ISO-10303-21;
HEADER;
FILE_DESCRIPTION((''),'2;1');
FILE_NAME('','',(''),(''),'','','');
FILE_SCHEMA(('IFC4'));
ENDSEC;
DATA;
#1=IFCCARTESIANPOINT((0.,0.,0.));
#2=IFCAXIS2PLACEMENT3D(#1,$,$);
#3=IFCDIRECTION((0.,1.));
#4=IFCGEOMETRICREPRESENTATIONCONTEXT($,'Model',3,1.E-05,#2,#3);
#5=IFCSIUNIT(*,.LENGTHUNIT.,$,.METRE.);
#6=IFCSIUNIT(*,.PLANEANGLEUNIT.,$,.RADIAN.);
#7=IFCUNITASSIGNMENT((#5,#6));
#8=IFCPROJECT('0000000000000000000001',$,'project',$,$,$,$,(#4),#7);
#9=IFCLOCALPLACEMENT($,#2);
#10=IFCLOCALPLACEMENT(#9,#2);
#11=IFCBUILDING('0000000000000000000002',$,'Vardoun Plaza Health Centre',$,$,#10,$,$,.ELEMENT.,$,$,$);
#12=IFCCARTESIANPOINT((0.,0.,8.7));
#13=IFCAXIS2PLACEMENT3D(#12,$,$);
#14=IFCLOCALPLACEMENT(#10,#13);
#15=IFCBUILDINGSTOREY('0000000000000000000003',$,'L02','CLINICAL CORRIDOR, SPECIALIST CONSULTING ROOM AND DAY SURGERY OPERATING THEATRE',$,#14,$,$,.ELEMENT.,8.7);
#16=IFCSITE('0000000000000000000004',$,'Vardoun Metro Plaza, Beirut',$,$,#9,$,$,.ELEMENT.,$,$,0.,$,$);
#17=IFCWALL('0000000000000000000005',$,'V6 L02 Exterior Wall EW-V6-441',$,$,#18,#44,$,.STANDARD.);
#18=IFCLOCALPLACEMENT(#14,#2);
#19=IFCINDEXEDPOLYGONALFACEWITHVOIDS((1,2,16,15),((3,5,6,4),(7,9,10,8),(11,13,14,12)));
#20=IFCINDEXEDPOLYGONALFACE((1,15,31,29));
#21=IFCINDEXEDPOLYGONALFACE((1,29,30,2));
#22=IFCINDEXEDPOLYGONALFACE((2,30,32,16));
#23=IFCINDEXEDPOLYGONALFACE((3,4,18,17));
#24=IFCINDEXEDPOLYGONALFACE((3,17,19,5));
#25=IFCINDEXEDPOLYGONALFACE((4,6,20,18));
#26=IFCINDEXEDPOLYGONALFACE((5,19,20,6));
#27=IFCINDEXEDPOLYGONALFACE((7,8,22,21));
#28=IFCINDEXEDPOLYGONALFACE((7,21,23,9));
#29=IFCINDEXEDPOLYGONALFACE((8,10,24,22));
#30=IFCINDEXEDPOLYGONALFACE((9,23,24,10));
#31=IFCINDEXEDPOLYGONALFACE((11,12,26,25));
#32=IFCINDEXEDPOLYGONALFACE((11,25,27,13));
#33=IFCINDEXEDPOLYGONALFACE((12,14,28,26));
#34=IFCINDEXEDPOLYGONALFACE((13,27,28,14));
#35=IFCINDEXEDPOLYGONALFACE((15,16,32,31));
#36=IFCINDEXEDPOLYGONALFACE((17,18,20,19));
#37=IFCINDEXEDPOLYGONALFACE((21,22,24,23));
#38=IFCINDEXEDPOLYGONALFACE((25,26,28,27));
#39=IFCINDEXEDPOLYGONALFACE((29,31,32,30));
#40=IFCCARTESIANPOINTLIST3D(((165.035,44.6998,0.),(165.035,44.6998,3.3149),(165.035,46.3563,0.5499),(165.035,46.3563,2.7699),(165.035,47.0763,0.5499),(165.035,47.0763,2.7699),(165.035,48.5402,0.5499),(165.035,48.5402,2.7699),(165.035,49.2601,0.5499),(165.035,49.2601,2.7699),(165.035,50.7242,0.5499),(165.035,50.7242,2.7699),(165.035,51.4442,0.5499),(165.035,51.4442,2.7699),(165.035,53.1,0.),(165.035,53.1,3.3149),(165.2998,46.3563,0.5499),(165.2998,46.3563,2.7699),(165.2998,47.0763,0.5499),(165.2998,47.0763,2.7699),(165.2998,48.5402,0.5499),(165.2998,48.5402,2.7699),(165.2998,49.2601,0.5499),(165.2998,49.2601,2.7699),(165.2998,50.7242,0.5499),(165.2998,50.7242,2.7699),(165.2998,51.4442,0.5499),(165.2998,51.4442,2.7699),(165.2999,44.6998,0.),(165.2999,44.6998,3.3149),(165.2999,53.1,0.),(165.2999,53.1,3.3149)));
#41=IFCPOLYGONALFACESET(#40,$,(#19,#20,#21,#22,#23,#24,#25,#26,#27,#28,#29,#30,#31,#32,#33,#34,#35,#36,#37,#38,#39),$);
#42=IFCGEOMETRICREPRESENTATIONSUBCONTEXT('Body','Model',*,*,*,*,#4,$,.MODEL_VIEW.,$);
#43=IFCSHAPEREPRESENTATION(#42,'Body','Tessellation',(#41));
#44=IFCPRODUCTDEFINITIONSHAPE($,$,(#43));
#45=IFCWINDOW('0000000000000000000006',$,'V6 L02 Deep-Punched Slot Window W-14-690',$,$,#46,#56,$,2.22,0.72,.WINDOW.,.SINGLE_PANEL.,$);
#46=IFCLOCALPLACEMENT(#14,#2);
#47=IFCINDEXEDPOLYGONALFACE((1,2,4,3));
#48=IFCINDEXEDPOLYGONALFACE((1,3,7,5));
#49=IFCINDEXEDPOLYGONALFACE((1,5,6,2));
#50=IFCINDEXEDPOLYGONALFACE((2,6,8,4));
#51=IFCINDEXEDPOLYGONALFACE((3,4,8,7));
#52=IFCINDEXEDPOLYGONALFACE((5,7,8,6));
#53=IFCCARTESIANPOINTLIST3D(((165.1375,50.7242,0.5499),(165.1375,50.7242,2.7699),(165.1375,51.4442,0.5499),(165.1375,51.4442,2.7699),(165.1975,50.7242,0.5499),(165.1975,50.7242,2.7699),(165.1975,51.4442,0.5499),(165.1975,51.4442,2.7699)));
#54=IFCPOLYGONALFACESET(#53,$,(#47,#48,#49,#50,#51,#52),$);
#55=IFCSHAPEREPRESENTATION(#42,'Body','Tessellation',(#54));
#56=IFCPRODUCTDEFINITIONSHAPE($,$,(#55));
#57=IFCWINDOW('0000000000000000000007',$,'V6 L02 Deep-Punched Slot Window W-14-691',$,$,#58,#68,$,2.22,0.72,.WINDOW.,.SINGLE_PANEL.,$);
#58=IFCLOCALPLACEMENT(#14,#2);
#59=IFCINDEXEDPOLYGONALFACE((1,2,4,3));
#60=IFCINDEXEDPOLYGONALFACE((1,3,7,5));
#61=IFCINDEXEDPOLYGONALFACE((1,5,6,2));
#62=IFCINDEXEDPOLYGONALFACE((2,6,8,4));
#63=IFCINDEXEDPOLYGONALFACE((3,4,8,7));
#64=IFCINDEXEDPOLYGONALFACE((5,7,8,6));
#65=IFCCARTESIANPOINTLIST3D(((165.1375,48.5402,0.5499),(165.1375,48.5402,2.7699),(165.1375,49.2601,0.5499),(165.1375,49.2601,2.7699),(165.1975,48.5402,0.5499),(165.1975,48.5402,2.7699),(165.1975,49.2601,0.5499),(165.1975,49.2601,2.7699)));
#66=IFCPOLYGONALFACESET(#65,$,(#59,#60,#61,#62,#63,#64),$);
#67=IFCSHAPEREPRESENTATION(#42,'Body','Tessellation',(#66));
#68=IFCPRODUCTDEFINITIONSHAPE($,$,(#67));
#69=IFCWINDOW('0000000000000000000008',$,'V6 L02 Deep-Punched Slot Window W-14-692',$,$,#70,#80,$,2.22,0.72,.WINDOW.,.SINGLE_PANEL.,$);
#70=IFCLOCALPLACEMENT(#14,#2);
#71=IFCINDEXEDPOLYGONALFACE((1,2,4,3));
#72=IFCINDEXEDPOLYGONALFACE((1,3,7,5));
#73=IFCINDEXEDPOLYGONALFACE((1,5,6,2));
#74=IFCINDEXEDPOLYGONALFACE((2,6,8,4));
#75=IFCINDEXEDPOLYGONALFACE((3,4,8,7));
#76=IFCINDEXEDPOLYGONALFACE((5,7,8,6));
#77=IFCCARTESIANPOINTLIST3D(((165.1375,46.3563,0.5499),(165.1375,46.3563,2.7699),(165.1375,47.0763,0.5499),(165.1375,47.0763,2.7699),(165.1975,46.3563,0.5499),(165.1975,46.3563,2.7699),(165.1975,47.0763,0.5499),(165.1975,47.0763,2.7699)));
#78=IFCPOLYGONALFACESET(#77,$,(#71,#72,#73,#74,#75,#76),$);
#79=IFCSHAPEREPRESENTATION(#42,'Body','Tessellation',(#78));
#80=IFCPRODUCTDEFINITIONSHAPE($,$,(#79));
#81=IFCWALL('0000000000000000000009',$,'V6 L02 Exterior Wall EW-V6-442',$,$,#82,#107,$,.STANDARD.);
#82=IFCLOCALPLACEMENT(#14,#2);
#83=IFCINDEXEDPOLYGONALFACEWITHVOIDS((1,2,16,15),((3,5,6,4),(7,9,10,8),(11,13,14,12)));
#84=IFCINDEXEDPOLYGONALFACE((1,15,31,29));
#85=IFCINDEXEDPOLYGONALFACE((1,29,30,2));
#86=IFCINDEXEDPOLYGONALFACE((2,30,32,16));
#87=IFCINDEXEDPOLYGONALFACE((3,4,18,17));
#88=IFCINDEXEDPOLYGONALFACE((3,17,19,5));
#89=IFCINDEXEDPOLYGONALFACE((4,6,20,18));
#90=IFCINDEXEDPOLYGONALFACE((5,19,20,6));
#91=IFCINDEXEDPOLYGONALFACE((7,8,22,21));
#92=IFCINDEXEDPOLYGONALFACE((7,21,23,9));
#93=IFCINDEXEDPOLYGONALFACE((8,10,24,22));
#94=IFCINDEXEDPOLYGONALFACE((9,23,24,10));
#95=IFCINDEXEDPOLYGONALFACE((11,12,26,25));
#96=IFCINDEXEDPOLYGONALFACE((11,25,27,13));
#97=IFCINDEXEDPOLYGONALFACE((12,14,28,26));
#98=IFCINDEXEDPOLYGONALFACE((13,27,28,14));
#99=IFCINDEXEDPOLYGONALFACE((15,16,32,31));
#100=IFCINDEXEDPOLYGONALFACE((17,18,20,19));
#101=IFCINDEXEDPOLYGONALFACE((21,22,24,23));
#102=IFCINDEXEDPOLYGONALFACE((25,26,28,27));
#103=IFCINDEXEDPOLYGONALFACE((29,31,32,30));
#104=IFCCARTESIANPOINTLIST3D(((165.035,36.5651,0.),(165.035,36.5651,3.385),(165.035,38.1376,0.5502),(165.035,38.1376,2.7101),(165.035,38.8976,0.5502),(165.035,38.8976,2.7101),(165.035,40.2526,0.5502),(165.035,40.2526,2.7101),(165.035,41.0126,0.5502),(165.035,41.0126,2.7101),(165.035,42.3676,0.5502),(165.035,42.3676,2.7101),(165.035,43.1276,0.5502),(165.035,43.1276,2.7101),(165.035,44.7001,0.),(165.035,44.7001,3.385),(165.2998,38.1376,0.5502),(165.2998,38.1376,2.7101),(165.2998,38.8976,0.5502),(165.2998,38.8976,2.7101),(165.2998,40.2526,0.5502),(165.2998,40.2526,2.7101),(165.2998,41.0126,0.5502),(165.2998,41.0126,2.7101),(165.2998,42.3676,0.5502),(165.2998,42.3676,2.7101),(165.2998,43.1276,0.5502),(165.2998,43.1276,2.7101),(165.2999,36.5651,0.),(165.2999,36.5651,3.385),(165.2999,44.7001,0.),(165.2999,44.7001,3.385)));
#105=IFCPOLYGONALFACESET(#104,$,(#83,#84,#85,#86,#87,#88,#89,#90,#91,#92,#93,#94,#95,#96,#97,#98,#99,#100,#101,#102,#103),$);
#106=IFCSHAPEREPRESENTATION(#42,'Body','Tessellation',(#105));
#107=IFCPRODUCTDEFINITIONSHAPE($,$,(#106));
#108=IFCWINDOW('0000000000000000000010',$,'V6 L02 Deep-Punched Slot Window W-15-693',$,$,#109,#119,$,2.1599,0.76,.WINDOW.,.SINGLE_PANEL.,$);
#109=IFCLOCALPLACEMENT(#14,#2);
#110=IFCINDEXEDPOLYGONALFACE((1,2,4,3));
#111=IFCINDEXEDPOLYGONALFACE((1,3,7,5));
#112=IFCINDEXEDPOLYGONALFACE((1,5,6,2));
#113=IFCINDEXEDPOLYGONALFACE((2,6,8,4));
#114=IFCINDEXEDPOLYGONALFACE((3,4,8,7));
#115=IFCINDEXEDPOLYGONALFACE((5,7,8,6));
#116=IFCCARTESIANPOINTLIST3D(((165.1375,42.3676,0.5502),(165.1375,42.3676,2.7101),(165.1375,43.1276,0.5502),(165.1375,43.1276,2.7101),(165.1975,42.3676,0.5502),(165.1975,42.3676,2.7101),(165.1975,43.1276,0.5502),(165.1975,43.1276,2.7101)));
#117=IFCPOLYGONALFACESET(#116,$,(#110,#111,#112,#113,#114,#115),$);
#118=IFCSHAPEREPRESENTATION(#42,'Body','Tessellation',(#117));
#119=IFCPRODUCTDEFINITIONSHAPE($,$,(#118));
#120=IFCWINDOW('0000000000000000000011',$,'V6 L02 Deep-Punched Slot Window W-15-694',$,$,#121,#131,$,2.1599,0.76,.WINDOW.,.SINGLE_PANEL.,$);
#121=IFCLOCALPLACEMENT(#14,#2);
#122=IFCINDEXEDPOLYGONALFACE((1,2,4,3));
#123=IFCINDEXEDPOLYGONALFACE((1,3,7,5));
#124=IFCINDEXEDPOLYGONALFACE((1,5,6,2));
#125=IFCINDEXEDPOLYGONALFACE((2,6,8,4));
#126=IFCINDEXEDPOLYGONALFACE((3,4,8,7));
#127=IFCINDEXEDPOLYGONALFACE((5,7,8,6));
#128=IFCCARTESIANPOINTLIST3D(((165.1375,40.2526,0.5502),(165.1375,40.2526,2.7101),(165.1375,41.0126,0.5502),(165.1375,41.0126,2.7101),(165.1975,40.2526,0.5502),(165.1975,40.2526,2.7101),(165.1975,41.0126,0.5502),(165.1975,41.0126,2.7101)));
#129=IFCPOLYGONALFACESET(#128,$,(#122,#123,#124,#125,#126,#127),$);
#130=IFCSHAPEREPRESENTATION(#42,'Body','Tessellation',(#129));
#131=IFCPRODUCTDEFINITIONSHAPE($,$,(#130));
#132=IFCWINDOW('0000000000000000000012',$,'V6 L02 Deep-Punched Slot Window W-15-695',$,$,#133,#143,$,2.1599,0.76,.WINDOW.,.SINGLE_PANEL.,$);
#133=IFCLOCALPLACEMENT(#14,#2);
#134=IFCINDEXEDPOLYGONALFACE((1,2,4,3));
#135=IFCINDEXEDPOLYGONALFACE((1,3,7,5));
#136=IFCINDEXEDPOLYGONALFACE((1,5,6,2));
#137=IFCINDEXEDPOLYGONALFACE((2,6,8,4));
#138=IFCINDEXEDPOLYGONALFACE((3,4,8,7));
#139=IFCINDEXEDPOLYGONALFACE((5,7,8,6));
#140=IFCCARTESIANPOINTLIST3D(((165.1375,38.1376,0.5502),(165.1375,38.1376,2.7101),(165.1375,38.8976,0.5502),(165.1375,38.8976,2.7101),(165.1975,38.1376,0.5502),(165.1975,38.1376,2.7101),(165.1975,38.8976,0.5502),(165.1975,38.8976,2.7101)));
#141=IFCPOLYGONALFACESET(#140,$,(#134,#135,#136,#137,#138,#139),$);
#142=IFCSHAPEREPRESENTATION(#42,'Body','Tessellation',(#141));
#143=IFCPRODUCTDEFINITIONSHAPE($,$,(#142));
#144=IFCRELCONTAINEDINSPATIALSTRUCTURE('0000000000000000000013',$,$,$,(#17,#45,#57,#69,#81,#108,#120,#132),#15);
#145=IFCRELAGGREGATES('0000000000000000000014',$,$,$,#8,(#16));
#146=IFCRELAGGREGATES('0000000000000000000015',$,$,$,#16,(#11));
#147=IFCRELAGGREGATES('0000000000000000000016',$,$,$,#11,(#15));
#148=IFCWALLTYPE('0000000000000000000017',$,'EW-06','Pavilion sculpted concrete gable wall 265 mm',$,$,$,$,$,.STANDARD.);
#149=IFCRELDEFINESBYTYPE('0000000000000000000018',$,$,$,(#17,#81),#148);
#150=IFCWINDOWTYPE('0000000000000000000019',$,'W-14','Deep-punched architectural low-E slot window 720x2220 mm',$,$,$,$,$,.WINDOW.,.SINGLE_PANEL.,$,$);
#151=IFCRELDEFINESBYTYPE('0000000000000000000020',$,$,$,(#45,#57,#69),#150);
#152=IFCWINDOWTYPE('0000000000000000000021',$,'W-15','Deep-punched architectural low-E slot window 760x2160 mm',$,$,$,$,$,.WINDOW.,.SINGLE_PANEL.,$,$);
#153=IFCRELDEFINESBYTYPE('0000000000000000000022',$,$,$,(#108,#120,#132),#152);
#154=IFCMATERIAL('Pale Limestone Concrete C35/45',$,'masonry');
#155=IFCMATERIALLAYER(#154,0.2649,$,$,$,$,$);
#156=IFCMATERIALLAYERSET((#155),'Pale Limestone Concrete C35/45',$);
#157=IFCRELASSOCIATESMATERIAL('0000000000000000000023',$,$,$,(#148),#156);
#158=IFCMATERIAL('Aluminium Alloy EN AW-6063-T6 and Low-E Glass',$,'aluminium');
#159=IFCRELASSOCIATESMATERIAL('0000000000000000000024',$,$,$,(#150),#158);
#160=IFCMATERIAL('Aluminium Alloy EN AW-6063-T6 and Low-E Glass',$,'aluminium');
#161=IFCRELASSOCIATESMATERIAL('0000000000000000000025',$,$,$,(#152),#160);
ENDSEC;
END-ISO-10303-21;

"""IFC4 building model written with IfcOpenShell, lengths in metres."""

from ifc_helpers import new_model, si_unit, direction, frame, frame_2d, origin, place, context, subcontext, project, spatial, rectangle, extrude, material, layer, layer_set, type_object, element, fill, save


model = new_model("IFC4")

# Units and contexts
model_context = context("Model", 3, precision=1e-05, world=origin(), true_north=direction((0.0, 1.0)))
body_context = subcontext(model_context, "Body", "Model", "MODEL_VIEW")
ifc_project = project(units=[si_unit("LENGTHUNIT", "METRE"), si_unit("PLANEANGLEUNIT", "RADIAN")], contexts=[model_context])

# Site, building, storey
site_placement = place(None, origin())
site = spatial("IfcSite", under=ifc_project, at=site_placement, Name="Vardoun Metro Plaza, Beirut", CompositionType="ELEMENT", RefElevation=0.0)
building_placement = place(site_placement, origin())
building = spatial("IfcBuilding", under=site, at=building_placement, Name="Vardoun Plaza Health Centre", CompositionType="ELEMENT")
storey_placement = place(building_placement, frame((0.0, 0.0, 8.7)))
storey = spatial("IfcBuildingStorey", under=building, at=storey_placement, Name="L02", Description="CLINICAL CORRIDOR, SPECIALIST CONSULTING ROOM AND DAY SURGERY OPERATING THEATRE", CompositionType="ELEMENT", Elevation=8.7)

# Walls, openings, windows
ifc_material_1 = material(Name="Pale Limestone Concrete C35/45", Category="masonry")
ifc_layer_1 = layer(ifc_material_1, 0.2649)
ifc_layer_set_1 = layer_set([ifc_layer_1], Name="Pale Limestone Concrete C35/45")
wall_type_1 = type_object("IfcWallType", Name="EW-06", Description="Pavilion sculpted concrete gable wall 265 mm", PredefinedType="STANDARD", material=ifc_layer_set_1)
wall_1_placement = place(storey_placement, frame((165.1675, 53.1001, 0.0), z_axis=(0.0, 0.0, 1.0), x_axis=(0.0, -1.0, 0.0)))
wall_1 = element("IfcWall", 1, at=wall_1_placement, inside=storey, type_object=wall_type_1, Name="V6 L02 Exterior Wall EW-V6-441", PredefinedType="STANDARD", context=body_context, shape_type="SweptSolid", body=[
    extrude(rectangle(XDim=8.4001, YDim=0.2649, at=frame_2d((4.2002, 0.0))), origin(), (0.0, 0.0, 1.0), 3.3149),
])
opening_1_placement = place(wall_1_placement, frame((1.656, 0.0, 0.55)))
opening_1 = element("IfcOpeningElement", 2, at=opening_1_placement, cuts=wall_1, PredefinedType="OPENING", context=body_context, shape_type="SweptSolid", body=[
    extrude(rectangle(XDim=0.72, YDim=2.22, at=frame_2d((0.3599, 1.1099))), frame((0.0, 0.1323, 0.0), z_axis=(0.0, -1.0, 0.0), x_axis=(1.0, 0.0, 0.0)), (0.0, 0.0, 1.0), 0.2649),
])
opening_2_placement = place(wall_1_placement, frame((3.8401, 0.0, 0.55)))
opening_2 = element("IfcOpeningElement", 3, at=opening_2_placement, cuts=wall_1, PredefinedType="OPENING", context=body_context, shape_type="SweptSolid", body=[
    extrude(rectangle(XDim=0.72, YDim=2.22, at=frame_2d((0.3599, 1.1099))), frame((0.0, 0.1323, 0.0), z_axis=(0.0, -1.0, 0.0), x_axis=(1.0, 0.0, 0.0)), (0.0, 0.0, 1.0), 0.2649),
])
opening_3_placement = place(wall_1_placement, frame((6.0239, 0.0, 0.55)))
opening_3 = element("IfcOpeningElement", 4, at=opening_3_placement, cuts=wall_1, PredefinedType="OPENING", context=body_context, shape_type="SweptSolid", body=[
    extrude(rectangle(XDim=0.72, YDim=2.22, at=frame_2d((0.3599, 1.1099))), frame((0.0, 0.1323, 0.0), z_axis=(0.0, -1.0, 0.0), x_axis=(1.0, 0.0, 0.0)), (0.0, 0.0, 1.0), 0.2649),
])
ifc_material_2 = material(Name="Aluminium Alloy EN AW-6063-T6 and Low-E Glass", Category="aluminium")
window_type_1 = type_object("IfcWindowType", Name="W-14", Description="Deep-punched architectural low-E slot window 720x2220 mm", PartitioningType="SINGLE_PANEL", PredefinedType="WINDOW", material=ifc_material_2)
window_1_placement = place(opening_1_placement, origin())
window_1 = element("IfcWindow", 5, at=window_1_placement, inside=storey, type_object=window_type_1, Name="V6 L02 Deep-Punched Slot Window W-14-690", OverallHeight=2.22, OverallWidth=0.72, PartitioningType="SINGLE_PANEL", PredefinedType="WINDOW", context=body_context, shape_type="SweptSolid", body=[
    extrude(rectangle(XDim=0.72, YDim=2.22, at=frame_2d((0.3599, 1.1099))), frame((0.0, 0.03, 0.0), z_axis=(0.0, -1.0, 0.0), x_axis=(1.0, 0.0, 0.0)), (0.0, 0.0, 1.0), 0.0601),
])
fill(opening_1, window_1)
window_2_placement = place(opening_2_placement, origin())
window_2 = element("IfcWindow", 6, at=window_2_placement, inside=storey, type_object=window_type_1, Name="V6 L02 Deep-Punched Slot Window W-14-691", OverallHeight=2.22, OverallWidth=0.72, PartitioningType="SINGLE_PANEL", PredefinedType="WINDOW", context=body_context, shape_type="SweptSolid", body=[
    extrude(rectangle(XDim=0.72, YDim=2.22, at=frame_2d((0.3599, 1.1099))), frame((0.0, 0.03, 0.0), z_axis=(0.0, -1.0, 0.0), x_axis=(1.0, 0.0, 0.0)), (0.0, 0.0, 1.0), 0.0601),
])
fill(opening_2, window_2)
window_3_placement = place(opening_3_placement, origin())
window_3 = element("IfcWindow", 7, at=window_3_placement, inside=storey, type_object=window_type_1, Name="V6 L02 Deep-Punched Slot Window W-14-692", OverallHeight=2.22, OverallWidth=0.72, PartitioningType="SINGLE_PANEL", PredefinedType="WINDOW", context=body_context, shape_type="SweptSolid", body=[
    extrude(rectangle(XDim=0.72, YDim=2.22, at=frame_2d((0.3599, 1.1099))), frame((0.0, 0.03, 0.0), z_axis=(0.0, -1.0, 0.0), x_axis=(1.0, 0.0, 0.0)), (0.0, 0.0, 1.0), 0.0601),
])
fill(opening_3, window_3)
wall_2_placement = place(storey_placement, frame((165.1675, 44.7, 0.0), z_axis=(0.0, 0.0, 1.0), x_axis=(0.0, -1.0, 0.0)))
wall_2 = element("IfcWall", 8, at=wall_2_placement, inside=storey, type_object=wall_type_1, Name="V6 L02 Exterior Wall EW-V6-442", PredefinedType="STANDARD", context=body_context, shape_type="SweptSolid", body=[
    extrude(rectangle(XDim=8.135, YDim=0.2649, at=frame_2d((4.0674, 0.0))), origin(), (0.0, 0.0, 1.0), 3.385),
])
opening_4_placement = place(wall_2_placement, frame((1.5725, 0.0, 0.55)))
opening_4 = element("IfcOpeningElement", 9, at=opening_4_placement, cuts=wall_2, PredefinedType="OPENING", context=body_context, shape_type="SweptSolid", body=[
    extrude(rectangle(XDim=0.76, YDim=2.1599, at=frame_2d((0.3799, 1.0801))), frame((0.0, 0.1323, 0.0), z_axis=(0.0, -1.0, 0.0), x_axis=(1.0, 0.0, 0.0)), (0.0, 0.0, 1.0), 0.2649),
])
opening_5_placement = place(wall_2_placement, frame((3.6875, 0.0, 0.55)))
opening_5 = element("IfcOpeningElement", 10, at=opening_5_placement, cuts=wall_2, PredefinedType="OPENING", context=body_context, shape_type="SweptSolid", body=[
    extrude(rectangle(XDim=0.76, YDim=2.1599, at=frame_2d((0.3799, 1.0801))), frame((0.0, 0.1323, 0.0), z_axis=(0.0, -1.0, 0.0), x_axis=(1.0, 0.0, 0.0)), (0.0, 0.0, 1.0), 0.2649),
])
opening_6_placement = place(wall_2_placement, frame((5.8025, 0.0, 0.55)))
opening_6 = element("IfcOpeningElement", 11, at=opening_6_placement, cuts=wall_2, PredefinedType="OPENING", context=body_context, shape_type="SweptSolid", body=[
    extrude(rectangle(XDim=0.76, YDim=2.1599, at=frame_2d((0.3799, 1.0801))), frame((0.0, 0.1323, 0.0), z_axis=(0.0, -1.0, 0.0), x_axis=(1.0, 0.0, 0.0)), (0.0, 0.0, 1.0), 0.2649),
])
ifc_material_3 = material(Name="Aluminium Alloy EN AW-6063-T6 and Low-E Glass", Category="aluminium")
window_type_2 = type_object("IfcWindowType", Name="W-15", Description="Deep-punched architectural low-E slot window 760x2160 mm", PartitioningType="SINGLE_PANEL", PredefinedType="WINDOW", material=ifc_material_3)
window_4_placement = place(opening_4_placement, origin())
window_4 = element("IfcWindow", 12, at=window_4_placement, inside=storey, type_object=window_type_2, Name="V6 L02 Deep-Punched Slot Window W-15-693", OverallHeight=2.1599, OverallWidth=0.76, PartitioningType="SINGLE_PANEL", PredefinedType="WINDOW", context=body_context, shape_type="SweptSolid", body=[
    extrude(rectangle(XDim=0.76, YDim=2.1599, at=frame_2d((0.3799, 1.0801))), frame((0.0, 0.03, 0.0), z_axis=(0.0, -1.0, 0.0), x_axis=(1.0, 0.0, 0.0)), (0.0, 0.0, 1.0), 0.0601),
])
fill(opening_4, window_4)
window_5_placement = place(opening_5_placement, origin())
window_5 = element("IfcWindow", 13, at=window_5_placement, inside=storey, type_object=window_type_2, Name="V6 L02 Deep-Punched Slot Window W-15-694", OverallHeight=2.1599, OverallWidth=0.76, PartitioningType="SINGLE_PANEL", PredefinedType="WINDOW", context=body_context, shape_type="SweptSolid", body=[
    extrude(rectangle(XDim=0.76, YDim=2.1599, at=frame_2d((0.3799, 1.0801))), frame((0.0, 0.03, 0.0), z_axis=(0.0, -1.0, 0.0), x_axis=(1.0, 0.0, 0.0)), (0.0, 0.0, 1.0), 0.0601),
])
fill(opening_5, window_5)
window_6_placement = place(opening_6_placement, origin())
window_6 = element("IfcWindow", 14, at=window_6_placement, inside=storey, type_object=window_type_2, Name="V6 L02 Deep-Punched Slot Window W-15-695", OverallHeight=2.1599, OverallWidth=0.76, PartitioningType="SINGLE_PANEL", PredefinedType="WINDOW", context=body_context, shape_type="SweptSolid", body=[
    extrude(rectangle(XDim=0.76, YDim=2.1599, at=frame_2d((0.3799, 1.0801))), frame((0.0, 0.03, 0.0), z_axis=(0.0, -1.0, 0.0), x_axis=(1.0, 0.0, 0.0)), (0.0, 0.0, 1.0), 0.0601),
])
fill(opening_6, window_6)

save(model, "model.ifc")
